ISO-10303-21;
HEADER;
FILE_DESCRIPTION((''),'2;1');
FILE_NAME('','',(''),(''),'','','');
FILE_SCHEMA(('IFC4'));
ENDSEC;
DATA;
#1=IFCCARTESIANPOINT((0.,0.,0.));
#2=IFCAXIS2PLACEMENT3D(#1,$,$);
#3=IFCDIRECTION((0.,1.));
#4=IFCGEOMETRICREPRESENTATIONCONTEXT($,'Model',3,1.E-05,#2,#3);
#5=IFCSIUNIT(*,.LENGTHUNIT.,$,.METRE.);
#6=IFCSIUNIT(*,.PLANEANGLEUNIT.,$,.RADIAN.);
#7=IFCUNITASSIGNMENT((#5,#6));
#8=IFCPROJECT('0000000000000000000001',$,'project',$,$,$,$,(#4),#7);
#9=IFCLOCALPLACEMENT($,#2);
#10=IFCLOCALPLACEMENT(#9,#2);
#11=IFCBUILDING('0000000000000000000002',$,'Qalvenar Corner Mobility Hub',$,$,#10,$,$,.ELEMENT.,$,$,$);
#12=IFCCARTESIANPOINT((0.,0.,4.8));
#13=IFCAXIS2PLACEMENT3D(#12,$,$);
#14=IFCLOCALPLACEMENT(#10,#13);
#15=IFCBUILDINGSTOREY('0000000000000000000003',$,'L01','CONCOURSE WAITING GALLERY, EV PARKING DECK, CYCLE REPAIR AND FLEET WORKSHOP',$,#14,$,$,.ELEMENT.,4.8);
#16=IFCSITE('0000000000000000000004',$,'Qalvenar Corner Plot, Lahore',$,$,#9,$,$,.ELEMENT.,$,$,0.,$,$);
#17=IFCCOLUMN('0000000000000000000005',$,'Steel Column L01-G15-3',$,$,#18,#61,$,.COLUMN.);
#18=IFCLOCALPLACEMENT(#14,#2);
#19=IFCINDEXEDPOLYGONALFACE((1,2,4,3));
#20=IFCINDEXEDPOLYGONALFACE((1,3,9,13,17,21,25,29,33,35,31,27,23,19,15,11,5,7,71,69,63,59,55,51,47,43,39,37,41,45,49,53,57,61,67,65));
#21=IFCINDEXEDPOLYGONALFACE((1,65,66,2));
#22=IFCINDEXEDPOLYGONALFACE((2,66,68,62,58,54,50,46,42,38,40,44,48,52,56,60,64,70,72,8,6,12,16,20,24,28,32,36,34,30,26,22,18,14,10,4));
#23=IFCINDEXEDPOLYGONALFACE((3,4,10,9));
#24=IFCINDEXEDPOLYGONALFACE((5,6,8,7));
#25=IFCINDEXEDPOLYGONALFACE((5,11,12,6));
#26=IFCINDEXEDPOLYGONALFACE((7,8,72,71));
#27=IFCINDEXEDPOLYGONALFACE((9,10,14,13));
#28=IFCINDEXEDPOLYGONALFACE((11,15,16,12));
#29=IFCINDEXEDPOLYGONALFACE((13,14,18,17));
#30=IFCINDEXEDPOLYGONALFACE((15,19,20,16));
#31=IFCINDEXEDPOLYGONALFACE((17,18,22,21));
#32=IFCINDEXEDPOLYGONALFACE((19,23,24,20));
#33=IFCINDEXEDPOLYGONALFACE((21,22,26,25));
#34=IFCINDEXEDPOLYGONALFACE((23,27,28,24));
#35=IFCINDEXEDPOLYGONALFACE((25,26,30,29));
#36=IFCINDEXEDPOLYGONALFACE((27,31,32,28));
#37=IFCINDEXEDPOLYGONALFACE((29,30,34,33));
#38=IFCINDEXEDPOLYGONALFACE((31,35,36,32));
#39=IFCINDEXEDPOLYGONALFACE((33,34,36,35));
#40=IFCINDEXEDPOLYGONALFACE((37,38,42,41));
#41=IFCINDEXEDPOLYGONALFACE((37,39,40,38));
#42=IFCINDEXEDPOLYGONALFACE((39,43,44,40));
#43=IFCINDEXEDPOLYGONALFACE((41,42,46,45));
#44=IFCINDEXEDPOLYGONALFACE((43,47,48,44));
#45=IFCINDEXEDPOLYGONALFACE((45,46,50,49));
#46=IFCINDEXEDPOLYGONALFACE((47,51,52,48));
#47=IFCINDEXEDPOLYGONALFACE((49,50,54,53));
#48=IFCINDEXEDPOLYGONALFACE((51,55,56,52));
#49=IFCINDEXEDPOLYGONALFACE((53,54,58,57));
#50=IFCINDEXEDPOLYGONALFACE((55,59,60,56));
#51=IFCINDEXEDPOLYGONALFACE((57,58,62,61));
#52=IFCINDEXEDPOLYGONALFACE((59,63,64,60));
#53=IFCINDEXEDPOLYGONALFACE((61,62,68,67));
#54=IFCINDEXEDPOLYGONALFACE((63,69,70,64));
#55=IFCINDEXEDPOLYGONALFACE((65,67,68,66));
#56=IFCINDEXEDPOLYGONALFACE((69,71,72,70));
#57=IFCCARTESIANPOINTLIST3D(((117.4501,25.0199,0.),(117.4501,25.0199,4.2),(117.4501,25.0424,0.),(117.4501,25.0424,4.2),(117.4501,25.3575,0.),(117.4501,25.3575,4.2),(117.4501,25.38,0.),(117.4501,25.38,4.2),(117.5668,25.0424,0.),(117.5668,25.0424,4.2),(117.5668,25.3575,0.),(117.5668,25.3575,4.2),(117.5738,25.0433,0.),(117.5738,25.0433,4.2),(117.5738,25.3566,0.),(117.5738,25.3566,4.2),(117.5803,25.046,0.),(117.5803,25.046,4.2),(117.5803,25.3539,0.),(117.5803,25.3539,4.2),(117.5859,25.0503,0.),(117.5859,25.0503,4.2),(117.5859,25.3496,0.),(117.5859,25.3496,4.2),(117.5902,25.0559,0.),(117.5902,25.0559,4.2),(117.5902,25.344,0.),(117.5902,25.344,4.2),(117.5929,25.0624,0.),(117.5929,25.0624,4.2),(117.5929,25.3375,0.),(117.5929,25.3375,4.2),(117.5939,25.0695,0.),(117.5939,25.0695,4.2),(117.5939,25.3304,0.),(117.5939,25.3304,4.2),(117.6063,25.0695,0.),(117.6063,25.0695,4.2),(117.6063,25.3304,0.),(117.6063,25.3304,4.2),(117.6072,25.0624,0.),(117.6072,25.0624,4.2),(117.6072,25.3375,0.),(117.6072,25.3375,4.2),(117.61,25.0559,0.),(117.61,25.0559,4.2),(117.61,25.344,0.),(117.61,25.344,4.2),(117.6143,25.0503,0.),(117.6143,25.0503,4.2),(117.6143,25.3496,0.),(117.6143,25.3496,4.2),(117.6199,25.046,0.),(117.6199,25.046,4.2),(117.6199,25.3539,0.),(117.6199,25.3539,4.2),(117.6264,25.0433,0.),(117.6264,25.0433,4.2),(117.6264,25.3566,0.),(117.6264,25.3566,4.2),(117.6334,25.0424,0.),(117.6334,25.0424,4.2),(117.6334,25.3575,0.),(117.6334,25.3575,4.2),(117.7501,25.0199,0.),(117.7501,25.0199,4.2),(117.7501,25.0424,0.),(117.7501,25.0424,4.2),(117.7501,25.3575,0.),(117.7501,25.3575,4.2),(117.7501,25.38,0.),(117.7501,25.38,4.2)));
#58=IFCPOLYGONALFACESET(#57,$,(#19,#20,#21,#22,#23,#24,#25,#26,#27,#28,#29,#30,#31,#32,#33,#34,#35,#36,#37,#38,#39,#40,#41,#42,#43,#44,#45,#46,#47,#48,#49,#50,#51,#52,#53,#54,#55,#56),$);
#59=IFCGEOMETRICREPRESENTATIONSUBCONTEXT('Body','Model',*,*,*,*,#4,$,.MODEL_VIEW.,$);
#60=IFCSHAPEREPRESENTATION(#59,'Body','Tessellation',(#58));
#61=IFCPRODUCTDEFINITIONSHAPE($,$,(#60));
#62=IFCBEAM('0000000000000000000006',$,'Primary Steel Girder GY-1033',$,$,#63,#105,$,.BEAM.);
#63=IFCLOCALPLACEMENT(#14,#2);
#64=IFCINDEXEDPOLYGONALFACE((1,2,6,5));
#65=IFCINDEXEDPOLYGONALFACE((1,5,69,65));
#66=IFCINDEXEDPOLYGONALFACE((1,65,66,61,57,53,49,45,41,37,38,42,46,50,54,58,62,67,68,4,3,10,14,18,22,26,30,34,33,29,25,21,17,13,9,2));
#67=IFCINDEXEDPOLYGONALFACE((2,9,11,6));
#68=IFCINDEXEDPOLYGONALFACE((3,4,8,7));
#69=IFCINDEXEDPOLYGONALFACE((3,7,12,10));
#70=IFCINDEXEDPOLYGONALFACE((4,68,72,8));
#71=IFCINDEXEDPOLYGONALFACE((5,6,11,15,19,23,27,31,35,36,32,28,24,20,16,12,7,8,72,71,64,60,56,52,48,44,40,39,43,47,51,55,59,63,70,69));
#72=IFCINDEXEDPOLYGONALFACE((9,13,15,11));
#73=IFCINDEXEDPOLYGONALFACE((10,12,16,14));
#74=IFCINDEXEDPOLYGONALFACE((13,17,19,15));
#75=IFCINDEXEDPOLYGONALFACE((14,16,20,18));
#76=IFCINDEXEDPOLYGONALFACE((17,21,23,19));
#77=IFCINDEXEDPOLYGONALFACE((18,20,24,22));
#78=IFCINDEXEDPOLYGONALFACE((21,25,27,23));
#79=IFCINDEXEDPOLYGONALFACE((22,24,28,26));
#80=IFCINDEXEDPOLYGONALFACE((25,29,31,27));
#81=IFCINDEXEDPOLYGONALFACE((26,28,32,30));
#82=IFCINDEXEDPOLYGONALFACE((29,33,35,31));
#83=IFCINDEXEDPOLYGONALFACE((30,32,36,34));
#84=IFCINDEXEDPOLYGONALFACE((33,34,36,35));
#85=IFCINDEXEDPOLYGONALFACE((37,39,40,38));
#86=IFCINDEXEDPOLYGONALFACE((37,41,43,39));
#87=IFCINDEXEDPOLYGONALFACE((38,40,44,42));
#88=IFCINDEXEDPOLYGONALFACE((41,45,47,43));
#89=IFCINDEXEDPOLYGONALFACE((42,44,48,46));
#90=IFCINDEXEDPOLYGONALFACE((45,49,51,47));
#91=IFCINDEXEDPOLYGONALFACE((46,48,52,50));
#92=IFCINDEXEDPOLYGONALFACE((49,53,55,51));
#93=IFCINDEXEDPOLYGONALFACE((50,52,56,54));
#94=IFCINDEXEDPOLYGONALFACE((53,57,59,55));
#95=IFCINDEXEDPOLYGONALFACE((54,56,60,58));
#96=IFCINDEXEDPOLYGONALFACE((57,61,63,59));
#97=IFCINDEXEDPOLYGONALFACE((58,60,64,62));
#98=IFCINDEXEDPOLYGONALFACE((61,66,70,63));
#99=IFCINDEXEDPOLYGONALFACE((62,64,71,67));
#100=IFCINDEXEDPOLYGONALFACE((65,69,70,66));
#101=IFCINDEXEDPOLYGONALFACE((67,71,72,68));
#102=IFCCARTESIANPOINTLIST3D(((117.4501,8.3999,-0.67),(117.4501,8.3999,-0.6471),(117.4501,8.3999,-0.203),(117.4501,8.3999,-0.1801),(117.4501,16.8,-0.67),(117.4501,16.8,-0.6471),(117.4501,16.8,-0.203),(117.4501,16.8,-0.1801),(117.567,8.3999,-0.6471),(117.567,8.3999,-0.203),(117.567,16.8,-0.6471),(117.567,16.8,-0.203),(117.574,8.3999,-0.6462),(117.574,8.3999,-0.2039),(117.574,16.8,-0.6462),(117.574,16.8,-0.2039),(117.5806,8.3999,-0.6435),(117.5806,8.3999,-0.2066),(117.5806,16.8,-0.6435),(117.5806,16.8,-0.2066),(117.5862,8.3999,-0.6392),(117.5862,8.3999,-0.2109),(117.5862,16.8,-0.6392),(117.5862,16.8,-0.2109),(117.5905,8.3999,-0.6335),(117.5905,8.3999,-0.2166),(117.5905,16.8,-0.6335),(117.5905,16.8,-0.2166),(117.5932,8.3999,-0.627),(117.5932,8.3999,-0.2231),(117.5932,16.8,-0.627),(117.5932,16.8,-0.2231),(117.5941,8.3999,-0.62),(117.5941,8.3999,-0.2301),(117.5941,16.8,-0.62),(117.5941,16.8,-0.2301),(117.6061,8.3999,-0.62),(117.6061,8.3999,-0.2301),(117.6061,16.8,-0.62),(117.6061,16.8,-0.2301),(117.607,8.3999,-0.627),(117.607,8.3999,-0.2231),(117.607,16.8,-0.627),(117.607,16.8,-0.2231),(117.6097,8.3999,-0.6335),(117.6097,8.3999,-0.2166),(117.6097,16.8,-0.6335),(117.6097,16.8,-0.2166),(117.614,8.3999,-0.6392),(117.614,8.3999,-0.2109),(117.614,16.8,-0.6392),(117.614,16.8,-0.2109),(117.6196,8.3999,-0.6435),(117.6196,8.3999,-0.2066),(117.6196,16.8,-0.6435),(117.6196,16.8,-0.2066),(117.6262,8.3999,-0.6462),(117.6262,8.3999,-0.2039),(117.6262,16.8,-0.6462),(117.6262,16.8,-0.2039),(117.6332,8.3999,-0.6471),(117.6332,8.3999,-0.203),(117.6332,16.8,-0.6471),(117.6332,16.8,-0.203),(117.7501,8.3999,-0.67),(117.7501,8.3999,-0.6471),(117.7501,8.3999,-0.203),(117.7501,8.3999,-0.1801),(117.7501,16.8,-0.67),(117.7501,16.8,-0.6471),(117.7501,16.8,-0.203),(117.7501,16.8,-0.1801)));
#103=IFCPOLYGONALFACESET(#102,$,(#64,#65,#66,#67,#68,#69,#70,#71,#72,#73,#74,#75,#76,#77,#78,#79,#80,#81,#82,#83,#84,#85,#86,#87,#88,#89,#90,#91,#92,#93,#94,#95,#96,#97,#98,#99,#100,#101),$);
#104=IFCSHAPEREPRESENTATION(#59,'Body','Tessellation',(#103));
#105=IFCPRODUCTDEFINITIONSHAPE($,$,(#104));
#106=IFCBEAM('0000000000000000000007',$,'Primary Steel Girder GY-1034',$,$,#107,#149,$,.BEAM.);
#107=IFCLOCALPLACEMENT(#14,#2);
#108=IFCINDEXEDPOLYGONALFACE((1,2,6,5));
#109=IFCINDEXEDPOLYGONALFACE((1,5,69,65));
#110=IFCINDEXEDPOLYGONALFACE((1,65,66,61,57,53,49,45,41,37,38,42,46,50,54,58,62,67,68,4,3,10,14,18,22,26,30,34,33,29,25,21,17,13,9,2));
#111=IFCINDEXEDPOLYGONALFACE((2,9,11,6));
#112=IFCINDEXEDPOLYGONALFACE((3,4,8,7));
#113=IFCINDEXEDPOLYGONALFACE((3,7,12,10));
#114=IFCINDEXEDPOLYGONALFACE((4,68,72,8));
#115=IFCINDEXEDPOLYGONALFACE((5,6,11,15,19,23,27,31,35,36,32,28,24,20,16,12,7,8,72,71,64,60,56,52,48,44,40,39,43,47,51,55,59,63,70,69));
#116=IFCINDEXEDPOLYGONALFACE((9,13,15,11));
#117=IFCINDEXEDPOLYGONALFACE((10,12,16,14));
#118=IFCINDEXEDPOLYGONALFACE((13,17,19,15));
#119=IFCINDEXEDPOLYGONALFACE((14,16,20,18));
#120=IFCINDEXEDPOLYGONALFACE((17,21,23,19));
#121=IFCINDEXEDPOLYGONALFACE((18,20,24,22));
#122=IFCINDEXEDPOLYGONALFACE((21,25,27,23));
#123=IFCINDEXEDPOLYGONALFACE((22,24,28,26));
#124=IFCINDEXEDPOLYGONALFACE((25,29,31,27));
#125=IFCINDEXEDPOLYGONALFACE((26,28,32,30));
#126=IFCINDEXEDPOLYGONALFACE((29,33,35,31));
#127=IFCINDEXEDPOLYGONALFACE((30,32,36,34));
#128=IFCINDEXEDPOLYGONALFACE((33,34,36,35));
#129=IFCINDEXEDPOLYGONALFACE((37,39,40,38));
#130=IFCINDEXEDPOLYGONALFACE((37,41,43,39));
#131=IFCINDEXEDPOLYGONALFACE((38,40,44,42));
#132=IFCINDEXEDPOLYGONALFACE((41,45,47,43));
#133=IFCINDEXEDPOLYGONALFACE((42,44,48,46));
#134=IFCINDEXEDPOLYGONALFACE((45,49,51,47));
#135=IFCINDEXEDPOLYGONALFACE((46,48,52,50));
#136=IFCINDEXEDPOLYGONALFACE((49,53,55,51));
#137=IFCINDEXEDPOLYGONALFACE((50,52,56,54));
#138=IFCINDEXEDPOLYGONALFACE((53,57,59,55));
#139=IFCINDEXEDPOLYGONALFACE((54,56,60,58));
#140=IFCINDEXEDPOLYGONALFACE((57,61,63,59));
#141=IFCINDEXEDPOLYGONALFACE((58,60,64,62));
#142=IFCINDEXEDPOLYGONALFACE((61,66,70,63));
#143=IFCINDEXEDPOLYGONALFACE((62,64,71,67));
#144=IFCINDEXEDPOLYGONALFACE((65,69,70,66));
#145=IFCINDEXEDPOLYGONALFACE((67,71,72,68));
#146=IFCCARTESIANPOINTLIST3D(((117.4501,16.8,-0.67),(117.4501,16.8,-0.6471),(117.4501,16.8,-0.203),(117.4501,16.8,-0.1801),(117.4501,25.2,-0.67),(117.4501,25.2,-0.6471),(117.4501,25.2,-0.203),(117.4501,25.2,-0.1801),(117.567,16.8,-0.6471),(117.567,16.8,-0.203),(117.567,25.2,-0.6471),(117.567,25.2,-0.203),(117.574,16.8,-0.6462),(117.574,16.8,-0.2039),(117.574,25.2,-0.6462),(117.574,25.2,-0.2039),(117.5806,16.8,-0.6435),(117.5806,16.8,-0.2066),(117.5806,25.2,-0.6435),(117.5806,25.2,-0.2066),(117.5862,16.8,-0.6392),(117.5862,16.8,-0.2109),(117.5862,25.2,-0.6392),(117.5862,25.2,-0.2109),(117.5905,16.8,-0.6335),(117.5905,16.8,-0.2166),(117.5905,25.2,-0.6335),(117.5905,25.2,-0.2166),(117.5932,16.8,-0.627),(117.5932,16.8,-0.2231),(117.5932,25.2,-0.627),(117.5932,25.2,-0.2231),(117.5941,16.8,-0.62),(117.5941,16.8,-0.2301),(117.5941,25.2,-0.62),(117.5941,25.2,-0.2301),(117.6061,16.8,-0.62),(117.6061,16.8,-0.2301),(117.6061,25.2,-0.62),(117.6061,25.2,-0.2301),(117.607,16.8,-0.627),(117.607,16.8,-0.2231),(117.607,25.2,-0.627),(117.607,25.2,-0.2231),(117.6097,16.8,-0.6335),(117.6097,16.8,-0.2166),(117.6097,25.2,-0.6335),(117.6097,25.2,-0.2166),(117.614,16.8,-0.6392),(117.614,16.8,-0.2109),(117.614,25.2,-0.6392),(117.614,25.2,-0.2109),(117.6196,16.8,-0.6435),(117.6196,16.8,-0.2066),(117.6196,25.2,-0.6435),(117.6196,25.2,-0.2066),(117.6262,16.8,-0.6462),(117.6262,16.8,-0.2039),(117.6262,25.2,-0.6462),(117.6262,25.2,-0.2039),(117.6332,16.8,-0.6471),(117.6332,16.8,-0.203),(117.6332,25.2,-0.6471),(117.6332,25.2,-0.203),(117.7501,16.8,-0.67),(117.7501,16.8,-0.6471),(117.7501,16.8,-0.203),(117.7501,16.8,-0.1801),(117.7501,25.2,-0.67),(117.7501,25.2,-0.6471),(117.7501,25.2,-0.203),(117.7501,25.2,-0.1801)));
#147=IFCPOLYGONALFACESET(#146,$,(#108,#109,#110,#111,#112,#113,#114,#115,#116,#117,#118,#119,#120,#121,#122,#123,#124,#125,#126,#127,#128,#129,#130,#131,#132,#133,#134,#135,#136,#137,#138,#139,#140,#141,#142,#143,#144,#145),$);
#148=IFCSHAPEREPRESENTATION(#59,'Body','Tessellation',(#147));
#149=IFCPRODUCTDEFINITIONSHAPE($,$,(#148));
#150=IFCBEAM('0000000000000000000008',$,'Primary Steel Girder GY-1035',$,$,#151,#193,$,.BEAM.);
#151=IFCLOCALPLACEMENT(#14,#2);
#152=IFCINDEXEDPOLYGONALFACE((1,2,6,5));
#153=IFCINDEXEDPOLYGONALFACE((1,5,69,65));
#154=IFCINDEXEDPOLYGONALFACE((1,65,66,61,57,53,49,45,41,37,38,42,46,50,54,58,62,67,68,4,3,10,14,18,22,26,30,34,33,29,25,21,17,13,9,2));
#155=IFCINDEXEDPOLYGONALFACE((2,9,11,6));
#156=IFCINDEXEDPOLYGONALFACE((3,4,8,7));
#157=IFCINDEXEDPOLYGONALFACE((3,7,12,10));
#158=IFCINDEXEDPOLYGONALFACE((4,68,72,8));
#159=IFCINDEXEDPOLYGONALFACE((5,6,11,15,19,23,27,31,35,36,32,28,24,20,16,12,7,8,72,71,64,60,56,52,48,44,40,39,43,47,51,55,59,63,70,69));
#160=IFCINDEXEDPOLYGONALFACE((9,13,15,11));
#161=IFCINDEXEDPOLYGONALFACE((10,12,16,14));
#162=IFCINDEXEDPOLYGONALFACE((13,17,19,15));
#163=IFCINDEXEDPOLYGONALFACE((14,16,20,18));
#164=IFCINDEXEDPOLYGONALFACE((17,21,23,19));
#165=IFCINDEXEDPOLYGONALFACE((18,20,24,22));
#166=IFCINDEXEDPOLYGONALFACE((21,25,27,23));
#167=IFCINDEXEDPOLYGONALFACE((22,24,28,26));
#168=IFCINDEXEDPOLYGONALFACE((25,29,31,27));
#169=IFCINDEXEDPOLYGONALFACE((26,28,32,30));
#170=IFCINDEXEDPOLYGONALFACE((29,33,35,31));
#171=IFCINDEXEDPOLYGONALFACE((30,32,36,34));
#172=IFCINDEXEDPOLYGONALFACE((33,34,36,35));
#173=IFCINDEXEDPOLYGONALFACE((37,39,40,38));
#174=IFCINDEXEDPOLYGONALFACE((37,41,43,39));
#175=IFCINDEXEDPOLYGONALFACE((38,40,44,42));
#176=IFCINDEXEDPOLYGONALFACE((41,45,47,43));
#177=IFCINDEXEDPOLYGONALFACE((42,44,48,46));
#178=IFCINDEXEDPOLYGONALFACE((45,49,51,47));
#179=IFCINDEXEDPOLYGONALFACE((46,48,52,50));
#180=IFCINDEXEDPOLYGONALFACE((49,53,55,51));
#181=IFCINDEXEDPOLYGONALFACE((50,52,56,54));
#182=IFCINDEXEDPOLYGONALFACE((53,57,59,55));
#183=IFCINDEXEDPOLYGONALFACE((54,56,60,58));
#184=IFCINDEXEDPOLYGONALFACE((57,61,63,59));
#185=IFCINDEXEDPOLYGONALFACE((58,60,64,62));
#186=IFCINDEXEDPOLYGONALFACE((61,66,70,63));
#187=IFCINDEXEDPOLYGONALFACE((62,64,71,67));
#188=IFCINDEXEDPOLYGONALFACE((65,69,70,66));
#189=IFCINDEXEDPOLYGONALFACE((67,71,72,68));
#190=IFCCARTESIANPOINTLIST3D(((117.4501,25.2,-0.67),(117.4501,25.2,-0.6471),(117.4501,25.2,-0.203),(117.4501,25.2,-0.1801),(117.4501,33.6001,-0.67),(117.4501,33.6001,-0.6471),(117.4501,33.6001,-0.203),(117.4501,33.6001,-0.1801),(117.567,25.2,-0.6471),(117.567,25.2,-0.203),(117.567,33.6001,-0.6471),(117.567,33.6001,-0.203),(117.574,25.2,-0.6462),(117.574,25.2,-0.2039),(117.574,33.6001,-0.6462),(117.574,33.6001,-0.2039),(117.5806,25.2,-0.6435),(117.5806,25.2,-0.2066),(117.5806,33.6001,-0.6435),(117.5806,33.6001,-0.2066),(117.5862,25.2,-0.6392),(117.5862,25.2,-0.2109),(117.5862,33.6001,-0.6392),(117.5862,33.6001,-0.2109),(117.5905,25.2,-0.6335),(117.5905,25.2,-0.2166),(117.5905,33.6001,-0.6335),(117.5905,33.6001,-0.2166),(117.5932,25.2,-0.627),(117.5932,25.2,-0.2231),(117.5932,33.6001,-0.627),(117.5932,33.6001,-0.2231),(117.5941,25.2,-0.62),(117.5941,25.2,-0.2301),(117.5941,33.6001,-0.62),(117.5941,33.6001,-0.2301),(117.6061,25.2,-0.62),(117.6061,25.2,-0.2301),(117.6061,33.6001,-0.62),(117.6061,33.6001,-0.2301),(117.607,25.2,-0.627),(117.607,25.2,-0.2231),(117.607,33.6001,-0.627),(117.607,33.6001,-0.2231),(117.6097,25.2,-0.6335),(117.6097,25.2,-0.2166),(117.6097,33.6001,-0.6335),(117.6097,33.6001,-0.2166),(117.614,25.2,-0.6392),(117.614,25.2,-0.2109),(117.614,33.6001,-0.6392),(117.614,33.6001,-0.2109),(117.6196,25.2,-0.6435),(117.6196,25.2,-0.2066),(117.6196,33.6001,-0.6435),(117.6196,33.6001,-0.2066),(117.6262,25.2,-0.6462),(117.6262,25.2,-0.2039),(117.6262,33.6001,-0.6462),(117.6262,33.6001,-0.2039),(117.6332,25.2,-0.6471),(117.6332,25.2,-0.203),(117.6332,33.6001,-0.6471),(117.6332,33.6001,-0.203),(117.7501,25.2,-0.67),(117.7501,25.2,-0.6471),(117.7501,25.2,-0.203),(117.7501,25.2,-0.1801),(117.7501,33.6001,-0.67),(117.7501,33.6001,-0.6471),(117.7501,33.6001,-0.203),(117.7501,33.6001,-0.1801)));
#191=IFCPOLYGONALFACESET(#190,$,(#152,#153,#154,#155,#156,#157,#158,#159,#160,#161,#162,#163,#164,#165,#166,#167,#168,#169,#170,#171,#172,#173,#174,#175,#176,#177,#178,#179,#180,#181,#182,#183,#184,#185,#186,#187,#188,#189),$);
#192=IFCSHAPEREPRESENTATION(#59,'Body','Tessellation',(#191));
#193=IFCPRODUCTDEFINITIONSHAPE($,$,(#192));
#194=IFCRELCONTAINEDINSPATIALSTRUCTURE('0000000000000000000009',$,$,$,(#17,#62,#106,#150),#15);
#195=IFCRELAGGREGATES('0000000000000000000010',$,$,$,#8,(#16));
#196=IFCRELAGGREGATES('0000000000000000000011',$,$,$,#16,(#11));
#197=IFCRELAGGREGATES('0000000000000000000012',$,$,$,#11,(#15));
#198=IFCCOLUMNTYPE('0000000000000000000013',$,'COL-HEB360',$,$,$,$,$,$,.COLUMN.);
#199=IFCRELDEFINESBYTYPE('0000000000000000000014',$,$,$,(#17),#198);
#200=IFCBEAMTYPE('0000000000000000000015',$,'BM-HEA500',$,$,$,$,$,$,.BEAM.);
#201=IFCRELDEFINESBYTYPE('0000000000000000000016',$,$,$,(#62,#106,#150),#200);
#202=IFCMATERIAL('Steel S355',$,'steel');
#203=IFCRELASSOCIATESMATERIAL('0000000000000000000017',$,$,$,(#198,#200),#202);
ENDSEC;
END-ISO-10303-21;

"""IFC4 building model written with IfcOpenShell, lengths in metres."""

from ifc_helpers import new_model, si_unit, direction, frame, origin, origin_2d, place, context, subcontext, project, spatial, i_section, extrude, material, material_profile, profile_set, type_object, element, save


model = new_model("IFC4")

# Units and contexts
model_context = context("Model", 3, precision=1e-05, world=origin(), true_north=direction((0.0, 1.0)))
body_context = subcontext(model_context, "Body", "Model", "MODEL_VIEW")
ifc_project = project(units=[si_unit("LENGTHUNIT", "METRE"), si_unit("PLANEANGLEUNIT", "RADIAN")], contexts=[model_context])

# Site, building, storey
site_placement = place(None, origin())
site = spatial("IfcSite", under=ifc_project, at=site_placement, Name="Qalvenar Corner Plot, Lahore", CompositionType="ELEMENT", RefElevation=0.0)
building_placement = place(site_placement, origin())
building = spatial("IfcBuilding", under=site, at=building_placement, Name="Qalvenar Corner Mobility Hub", CompositionType="ELEMENT")
storey_placement = place(building_placement, frame((0.0, 0.0, 4.8)))
storey = spatial("IfcBuildingStorey", under=building, at=storey_placement, Name="L01", Description="CONCOURSE WAITING GALLERY, EV PARKING DECK, CYCLE REPAIR AND FLEET WORKSHOP", CompositionType="ELEMENT", Elevation=4.8)

# Column
ifc_material_1 = material(Name="Steel S355", Category="steel")
ifc_material_profile_1 = material_profile(ifc_material_1, i_section(OverallWidth=0.3, OverallDepth=0.3601, WebThickness=0.0125, FlangeThickness=0.0225, FilletRadius=0.0271, at=origin_2d()), Name="HEB360")
ifc_profile_set_1 = profile_set([ifc_material_profile_1], Name="Steel S355")
column_type_1 = type_object("IfcColumnType", Name="COL-HEB360", PredefinedType="COLUMN", material=ifc_profile_set_1)
for number, where, z_axis, x_axis, name in (
    (1, (117.6001, 25.2, 0.0), (0.0, 0.0, 1.0), (1.0, 0.0, 0.0), "Steel Column L01-G15-3"),
):
    element("IfcColumn", number, at=place(storey_placement, frame(where, z_axis=z_axis, x_axis=x_axis)), inside=storey, type_object=column_type_1, Name=name, PredefinedType="COLUMN", context=body_context, shape_type="SweptSolid", body=[
        extrude(i_section(OverallWidth=0.3, OverallDepth=0.3601, WebThickness=0.0125, FlangeThickness=0.0225, FilletRadius=0.0271, at=origin_2d()), origin(), (0.0, 0.0, 1.0), 4.2),
    ])

# Beams
ifc_material_profile_2 = material_profile(ifc_material_1, i_section(OverallWidth=0.3, OverallDepth=0.49, WebThickness=0.012, FlangeThickness=0.0229, FilletRadius=0.0271, at=origin_2d()), Name="HEA500")
ifc_profile_set_2 = profile_set([ifc_material_profile_2], Name="Steel S355")
beam_type_1 = type_object("IfcBeamType", Name="BM-HEA500", PredefinedType="BEAM", material=ifc_profile_set_2)
beam_1_placement = place(storey_placement, frame((117.6001, 8.3999, -0.425), z_axis=(0.0, 1.0, 0.0), x_axis=(-1.0, 0.0, 0.0)))
element("IfcBeam", 2, at=beam_1_placement, inside=storey, type_object=beam_type_1, Name="Primary Steel Girder GY-1033", PredefinedType="BEAM", context=body_context, shape_type="SweptSolid", body=[
    extrude(i_section(OverallWidth=0.3, OverallDepth=0.49, WebThickness=0.012, FlangeThickness=0.0229, FilletRadius=0.0271, at=origin_2d()), origin(), (0.0, 0.0, 1.0), 8.4001),
])
beam_2_placement = place(storey_placement, frame((117.6001, 16.8, -0.425), z_axis=(0.0, 1.0, 0.0), x_axis=(-1.0, 0.0, 0.0)))
element("IfcBeam", 3, at=beam_2_placement, inside=storey, type_object=beam_type_1, Name="Primary Steel Girder GY-1034", PredefinedType="BEAM", context=body_context, shape_type="SweptSolid", body=[
    extrude(i_section(OverallWidth=0.3, OverallDepth=0.49, WebThickness=0.012, FlangeThickness=0.0229, FilletRadius=0.0271, at=origin_2d()), origin(), (0.0, 0.0, 1.0), 8.3999),
])
beam_3_placement = place(storey_placement, frame((117.6001, 25.2, -0.425), z_axis=(0.0, 1.0, 0.0), x_axis=(-1.0, 0.0, 0.0)))
element("IfcBeam", 4, at=beam_3_placement, inside=storey, type_object=beam_type_1, Name="Primary Steel Girder GY-1035", PredefinedType="BEAM", context=body_context, shape_type="SweptSolid", body=[
    extrude(i_section(OverallWidth=0.3, OverallDepth=0.49, WebThickness=0.012, FlangeThickness=0.0229, FilletRadius=0.0271, at=origin_2d()), origin(), (0.0, 0.0, 1.0), 8.4001),
])

save(model, "model.ifc")
